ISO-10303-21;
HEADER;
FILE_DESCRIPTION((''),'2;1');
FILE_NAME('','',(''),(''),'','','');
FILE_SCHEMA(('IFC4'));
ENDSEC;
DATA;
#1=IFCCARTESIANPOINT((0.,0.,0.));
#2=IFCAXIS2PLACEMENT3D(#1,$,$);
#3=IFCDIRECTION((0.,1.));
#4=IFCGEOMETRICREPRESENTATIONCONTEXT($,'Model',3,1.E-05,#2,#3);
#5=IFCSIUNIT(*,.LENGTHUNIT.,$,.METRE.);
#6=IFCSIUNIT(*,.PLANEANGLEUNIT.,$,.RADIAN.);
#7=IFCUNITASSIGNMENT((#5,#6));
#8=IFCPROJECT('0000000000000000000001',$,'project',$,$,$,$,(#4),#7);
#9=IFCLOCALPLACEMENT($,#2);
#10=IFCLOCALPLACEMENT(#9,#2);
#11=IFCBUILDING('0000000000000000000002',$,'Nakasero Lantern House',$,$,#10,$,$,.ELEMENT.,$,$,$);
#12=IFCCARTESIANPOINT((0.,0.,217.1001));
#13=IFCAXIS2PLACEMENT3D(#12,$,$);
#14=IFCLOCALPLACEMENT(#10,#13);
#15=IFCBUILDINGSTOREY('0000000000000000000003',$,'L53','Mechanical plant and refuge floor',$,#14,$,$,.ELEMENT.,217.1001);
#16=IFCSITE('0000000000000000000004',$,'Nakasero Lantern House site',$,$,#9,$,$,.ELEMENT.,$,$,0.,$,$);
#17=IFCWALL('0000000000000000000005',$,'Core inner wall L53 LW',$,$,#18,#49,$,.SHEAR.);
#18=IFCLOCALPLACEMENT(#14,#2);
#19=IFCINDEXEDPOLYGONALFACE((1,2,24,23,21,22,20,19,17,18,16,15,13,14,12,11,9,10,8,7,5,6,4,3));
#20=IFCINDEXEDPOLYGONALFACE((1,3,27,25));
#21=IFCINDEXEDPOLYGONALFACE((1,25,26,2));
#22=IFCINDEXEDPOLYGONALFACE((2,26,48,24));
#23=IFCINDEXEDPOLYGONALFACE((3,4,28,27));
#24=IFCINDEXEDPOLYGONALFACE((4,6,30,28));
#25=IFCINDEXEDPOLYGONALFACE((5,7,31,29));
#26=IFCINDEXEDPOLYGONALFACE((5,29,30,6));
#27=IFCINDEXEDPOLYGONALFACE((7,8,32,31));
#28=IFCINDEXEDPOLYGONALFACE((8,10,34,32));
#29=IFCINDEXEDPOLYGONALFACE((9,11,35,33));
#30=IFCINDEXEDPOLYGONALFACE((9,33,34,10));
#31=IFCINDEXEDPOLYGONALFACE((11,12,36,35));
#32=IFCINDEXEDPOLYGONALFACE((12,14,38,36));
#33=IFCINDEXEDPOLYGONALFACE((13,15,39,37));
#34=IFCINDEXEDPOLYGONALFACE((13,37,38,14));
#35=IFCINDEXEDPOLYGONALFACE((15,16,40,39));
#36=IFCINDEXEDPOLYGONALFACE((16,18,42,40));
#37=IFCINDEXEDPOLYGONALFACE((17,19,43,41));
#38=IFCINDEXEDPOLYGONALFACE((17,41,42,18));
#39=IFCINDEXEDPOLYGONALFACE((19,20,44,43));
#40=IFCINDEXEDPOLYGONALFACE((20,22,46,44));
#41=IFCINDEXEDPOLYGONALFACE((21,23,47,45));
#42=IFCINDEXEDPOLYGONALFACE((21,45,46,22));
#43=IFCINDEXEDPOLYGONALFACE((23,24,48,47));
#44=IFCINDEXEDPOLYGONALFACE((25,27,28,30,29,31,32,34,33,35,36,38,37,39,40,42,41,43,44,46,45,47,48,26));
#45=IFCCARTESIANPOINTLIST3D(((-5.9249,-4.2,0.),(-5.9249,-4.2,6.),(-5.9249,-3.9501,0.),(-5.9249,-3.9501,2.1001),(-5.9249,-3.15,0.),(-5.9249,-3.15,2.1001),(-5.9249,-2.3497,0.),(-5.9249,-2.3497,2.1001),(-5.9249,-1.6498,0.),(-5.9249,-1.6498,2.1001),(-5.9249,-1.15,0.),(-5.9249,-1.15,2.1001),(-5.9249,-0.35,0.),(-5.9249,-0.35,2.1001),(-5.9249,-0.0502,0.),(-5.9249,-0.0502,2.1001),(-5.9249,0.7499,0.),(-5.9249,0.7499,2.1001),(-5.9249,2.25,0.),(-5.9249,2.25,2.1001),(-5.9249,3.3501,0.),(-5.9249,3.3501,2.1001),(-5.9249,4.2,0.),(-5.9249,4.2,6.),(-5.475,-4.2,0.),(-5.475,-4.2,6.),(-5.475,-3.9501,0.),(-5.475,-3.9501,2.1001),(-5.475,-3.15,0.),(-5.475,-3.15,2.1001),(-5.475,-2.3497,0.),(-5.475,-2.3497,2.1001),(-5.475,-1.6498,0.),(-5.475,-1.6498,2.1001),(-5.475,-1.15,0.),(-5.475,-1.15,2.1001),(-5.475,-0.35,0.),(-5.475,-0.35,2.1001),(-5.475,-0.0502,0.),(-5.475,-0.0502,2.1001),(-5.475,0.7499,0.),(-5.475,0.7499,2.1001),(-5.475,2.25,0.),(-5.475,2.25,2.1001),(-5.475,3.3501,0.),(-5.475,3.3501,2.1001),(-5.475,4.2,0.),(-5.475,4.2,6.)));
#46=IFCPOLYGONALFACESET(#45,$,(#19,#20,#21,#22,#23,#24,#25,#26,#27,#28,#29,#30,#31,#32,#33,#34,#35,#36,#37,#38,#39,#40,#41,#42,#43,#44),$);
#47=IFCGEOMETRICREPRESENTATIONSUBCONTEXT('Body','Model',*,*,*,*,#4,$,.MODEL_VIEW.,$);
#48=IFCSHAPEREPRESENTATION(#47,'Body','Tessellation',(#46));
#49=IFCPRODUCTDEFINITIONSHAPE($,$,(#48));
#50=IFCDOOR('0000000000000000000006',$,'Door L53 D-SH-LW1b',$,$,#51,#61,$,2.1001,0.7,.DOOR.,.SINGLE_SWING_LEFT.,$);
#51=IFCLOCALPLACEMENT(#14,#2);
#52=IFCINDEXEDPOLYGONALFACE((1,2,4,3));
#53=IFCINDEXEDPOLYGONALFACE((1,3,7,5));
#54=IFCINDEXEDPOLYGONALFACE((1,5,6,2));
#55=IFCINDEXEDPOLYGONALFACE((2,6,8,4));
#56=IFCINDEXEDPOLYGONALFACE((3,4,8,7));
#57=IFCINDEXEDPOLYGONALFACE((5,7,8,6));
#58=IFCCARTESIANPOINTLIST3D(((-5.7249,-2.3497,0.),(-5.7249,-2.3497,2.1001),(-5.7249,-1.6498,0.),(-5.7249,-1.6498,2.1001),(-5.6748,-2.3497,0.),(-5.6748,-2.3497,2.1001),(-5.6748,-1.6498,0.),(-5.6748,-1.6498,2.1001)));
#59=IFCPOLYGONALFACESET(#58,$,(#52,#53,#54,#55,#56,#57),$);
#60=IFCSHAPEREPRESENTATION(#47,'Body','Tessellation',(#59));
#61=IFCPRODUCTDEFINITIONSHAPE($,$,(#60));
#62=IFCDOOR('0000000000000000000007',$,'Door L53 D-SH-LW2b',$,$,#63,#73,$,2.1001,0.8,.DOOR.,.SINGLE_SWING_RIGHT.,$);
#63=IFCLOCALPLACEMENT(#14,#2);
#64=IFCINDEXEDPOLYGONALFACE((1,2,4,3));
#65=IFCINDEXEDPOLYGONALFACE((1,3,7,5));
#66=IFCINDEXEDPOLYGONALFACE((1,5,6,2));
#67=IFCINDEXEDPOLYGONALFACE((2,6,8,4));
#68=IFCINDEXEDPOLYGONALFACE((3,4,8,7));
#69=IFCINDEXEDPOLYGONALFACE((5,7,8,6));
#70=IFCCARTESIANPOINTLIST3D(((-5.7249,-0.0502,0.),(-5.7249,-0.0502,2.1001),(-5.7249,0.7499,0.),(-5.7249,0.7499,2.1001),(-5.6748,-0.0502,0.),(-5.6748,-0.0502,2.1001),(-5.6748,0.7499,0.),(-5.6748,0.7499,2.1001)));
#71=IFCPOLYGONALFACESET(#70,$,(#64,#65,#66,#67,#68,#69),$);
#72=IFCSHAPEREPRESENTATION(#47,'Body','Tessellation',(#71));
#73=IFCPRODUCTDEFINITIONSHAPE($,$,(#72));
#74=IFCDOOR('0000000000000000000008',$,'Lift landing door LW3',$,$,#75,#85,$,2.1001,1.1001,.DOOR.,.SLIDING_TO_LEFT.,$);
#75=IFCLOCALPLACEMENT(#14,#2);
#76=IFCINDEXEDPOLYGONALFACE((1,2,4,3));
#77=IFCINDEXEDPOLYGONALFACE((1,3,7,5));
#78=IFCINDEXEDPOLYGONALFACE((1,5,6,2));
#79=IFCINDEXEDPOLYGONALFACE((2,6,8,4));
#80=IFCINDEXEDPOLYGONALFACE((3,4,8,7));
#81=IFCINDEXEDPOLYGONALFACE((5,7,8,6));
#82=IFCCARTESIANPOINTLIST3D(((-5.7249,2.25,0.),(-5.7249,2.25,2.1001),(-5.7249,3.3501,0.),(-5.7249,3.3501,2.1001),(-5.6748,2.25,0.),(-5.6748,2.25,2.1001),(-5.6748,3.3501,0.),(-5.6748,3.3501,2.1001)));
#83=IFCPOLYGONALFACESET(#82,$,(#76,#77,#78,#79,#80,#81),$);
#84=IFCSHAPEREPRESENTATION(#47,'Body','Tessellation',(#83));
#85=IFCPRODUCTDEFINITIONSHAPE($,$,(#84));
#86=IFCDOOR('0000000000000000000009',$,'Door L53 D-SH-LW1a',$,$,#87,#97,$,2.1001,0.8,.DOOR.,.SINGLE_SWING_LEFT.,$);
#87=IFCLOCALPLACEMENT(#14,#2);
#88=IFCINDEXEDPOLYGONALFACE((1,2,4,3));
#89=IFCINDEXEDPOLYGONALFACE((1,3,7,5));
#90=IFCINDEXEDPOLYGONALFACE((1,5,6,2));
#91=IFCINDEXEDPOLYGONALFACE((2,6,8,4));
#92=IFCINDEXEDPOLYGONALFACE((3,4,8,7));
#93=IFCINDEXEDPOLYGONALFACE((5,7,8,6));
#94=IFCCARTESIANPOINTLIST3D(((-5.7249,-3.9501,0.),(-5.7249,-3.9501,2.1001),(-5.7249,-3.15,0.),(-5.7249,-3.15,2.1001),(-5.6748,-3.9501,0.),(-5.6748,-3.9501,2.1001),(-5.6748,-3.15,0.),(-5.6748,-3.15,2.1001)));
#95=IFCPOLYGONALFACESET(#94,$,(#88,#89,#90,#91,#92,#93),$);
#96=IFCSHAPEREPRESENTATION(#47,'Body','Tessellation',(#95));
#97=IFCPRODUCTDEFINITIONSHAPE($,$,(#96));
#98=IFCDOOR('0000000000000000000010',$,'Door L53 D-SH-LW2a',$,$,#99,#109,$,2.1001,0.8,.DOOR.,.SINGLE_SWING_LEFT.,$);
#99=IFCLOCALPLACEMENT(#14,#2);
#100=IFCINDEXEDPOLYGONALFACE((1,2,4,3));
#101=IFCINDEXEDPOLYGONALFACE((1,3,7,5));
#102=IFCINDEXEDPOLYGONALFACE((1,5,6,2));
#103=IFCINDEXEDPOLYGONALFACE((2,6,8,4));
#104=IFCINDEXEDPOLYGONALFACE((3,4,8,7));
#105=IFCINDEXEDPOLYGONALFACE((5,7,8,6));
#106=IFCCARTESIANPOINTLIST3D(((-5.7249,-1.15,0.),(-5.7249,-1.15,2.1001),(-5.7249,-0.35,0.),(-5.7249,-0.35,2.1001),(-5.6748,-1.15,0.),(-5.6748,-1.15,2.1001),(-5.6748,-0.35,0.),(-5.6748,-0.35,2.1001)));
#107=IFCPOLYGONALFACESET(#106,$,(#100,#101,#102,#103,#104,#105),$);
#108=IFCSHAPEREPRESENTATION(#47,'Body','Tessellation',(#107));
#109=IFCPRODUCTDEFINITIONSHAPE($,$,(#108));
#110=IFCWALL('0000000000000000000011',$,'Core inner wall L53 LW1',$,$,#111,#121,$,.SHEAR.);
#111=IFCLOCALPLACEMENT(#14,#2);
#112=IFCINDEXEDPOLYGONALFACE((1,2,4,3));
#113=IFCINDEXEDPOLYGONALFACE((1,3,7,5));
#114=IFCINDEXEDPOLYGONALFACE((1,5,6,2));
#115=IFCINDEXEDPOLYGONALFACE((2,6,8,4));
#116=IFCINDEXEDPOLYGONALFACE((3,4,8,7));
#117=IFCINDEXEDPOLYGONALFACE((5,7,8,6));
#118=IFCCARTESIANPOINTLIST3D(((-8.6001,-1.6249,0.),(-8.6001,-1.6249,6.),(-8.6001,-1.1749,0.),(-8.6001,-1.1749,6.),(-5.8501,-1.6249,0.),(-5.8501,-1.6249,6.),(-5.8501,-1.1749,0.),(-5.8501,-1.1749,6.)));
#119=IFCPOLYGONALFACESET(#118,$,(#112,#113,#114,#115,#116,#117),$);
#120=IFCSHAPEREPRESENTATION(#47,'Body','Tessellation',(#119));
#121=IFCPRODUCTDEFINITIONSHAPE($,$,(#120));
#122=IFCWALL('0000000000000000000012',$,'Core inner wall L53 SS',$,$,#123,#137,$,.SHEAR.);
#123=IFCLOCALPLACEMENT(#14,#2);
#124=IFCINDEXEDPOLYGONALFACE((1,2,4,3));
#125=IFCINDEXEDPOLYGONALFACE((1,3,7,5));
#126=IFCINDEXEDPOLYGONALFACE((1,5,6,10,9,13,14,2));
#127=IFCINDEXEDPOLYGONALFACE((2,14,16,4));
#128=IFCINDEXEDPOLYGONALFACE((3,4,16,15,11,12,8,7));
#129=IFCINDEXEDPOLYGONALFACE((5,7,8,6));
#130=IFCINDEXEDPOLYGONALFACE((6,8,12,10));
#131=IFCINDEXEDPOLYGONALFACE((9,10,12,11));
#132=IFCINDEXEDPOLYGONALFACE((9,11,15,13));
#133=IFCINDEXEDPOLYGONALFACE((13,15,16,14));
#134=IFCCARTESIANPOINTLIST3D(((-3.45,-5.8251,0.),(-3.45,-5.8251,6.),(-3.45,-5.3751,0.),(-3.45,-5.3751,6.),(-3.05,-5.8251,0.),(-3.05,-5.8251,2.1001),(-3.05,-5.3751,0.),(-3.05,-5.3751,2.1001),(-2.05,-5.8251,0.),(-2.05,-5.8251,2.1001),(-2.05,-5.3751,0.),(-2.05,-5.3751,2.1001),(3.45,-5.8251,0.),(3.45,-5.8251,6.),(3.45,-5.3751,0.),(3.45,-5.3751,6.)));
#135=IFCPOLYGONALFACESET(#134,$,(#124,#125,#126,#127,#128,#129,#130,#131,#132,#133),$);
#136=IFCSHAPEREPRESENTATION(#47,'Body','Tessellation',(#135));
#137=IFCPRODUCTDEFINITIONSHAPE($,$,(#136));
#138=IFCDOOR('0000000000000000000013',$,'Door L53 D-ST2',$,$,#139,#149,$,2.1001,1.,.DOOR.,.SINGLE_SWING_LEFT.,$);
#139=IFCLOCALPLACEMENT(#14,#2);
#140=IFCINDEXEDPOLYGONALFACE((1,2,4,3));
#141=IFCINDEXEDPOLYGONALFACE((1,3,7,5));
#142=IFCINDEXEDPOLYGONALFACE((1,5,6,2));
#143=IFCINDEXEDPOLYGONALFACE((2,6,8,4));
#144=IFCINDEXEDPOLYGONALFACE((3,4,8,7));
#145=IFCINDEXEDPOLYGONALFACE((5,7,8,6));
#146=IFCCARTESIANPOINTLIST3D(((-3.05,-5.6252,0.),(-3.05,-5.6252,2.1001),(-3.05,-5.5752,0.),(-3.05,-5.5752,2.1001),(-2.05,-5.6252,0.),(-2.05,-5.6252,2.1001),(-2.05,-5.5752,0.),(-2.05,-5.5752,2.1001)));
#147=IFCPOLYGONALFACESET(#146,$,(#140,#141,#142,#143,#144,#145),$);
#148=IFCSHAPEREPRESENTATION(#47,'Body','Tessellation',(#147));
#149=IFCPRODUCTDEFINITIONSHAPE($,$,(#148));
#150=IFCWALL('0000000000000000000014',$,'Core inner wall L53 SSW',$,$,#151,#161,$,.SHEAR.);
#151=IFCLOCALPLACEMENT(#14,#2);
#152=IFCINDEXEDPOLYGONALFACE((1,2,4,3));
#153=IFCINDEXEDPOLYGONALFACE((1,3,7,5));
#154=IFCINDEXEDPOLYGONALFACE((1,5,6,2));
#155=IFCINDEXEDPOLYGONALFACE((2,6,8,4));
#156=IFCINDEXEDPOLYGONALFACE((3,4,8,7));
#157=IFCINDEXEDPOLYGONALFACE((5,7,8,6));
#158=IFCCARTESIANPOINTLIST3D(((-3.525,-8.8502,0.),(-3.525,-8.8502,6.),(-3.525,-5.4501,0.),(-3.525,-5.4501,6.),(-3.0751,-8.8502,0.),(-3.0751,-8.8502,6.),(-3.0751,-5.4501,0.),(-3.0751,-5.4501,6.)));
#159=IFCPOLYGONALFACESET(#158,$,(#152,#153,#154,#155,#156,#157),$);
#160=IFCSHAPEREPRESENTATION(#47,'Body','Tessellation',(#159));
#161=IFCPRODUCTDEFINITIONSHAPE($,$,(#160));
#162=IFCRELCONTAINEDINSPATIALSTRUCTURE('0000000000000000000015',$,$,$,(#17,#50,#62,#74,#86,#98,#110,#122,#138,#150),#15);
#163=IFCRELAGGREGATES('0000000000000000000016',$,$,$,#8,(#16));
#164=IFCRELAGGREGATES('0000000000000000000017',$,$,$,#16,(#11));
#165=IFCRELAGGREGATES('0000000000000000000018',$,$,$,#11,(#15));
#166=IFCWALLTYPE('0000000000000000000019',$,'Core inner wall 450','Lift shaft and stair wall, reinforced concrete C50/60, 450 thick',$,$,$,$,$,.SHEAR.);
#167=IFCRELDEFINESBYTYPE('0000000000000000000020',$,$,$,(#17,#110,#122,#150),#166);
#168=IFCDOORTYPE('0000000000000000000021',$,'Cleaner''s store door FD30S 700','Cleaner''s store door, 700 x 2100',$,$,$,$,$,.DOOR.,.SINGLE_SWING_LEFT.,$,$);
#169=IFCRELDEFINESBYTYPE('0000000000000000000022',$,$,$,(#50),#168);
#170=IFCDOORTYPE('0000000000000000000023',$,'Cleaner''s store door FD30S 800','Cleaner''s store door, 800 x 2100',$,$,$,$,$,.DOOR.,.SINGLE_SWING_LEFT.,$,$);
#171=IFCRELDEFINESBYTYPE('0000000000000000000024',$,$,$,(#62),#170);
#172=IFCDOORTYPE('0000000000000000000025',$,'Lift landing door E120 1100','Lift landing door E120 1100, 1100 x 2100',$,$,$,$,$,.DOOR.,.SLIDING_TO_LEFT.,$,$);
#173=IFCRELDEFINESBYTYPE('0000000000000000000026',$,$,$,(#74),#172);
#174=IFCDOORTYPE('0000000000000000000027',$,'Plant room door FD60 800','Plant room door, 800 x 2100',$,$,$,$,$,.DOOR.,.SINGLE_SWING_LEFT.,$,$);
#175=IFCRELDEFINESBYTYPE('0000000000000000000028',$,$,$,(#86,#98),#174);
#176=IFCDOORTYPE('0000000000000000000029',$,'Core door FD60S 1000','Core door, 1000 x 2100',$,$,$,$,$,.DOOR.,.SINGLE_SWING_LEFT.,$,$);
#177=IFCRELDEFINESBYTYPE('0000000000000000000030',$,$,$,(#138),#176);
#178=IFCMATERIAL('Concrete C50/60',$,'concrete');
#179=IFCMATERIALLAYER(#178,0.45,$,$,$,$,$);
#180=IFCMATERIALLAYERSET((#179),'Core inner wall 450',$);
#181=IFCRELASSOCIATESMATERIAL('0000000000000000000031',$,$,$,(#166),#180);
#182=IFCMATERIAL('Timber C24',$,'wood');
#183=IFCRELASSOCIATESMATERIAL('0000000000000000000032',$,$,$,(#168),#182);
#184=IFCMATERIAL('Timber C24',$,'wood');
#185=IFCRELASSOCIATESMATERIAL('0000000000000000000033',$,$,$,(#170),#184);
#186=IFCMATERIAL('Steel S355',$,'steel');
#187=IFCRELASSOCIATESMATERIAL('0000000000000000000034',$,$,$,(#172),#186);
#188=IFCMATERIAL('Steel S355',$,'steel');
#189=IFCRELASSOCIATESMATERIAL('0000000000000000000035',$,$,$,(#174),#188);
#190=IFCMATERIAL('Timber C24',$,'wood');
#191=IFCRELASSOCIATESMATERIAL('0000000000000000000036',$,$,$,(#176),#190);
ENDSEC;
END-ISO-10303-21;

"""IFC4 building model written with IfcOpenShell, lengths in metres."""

from ifc_helpers import new_model, si_unit, direction, frame, frame_2d, origin, place, context, subcontext, project, spatial, rectangle, extrude, material, layer, layer_set, type_object, element, fill, save


model = new_model("IFC4")

# Units and contexts
model_context = context("Model", 3, precision=1e-05, world=origin(), true_north=direction((0.0, 1.0)))
body_context = subcontext(model_context, "Body", "Model", "MODEL_VIEW")
ifc_project = project(units=[si_unit("LENGTHUNIT", "METRE"), si_unit("PLANEANGLEUNIT", "RADIAN")], contexts=[model_context])

# Site, building, storey
site_placement = place(None, origin())
site = spatial("IfcSite", under=ifc_project, at=site_placement, Name="Nakasero Lantern House site", CompositionType="ELEMENT", RefElevation=0.0)
building_placement = place(site_placement, origin())
building = spatial("IfcBuilding", under=site, at=building_placement, Name="Nakasero Lantern House", CompositionType="ELEMENT")
storey_placement = place(building_placement, frame((0.0, 0.0, 217.1001)))
storey = spatial("IfcBuildingStorey", under=building, at=storey_placement, Name="L53", Description="Mechanical plant and refuge floor", CompositionType="ELEMENT", Elevation=217.1001)

# Wall, openings, doors
ifc_material_1 = material(Name="Concrete C50/60", Category="concrete")
ifc_layer_1 = layer(ifc_material_1, 0.45)
ifc_layer_set_1 = layer_set([ifc_layer_1], Name="Core inner wall 450")
wall_type_1 = type_object("IfcWallType", Name="Core inner wall 450", Description="Lift shaft and stair wall, reinforced concrete C50/60, 450 thick", PredefinedType="SHEAR", material=ifc_layer_set_1)
wall_1_placement = place(storey_placement, frame((-5.7, -4.2, 0.0), z_axis=(0.0, 0.0, 1.0), x_axis=(0.0, 1.0, 0.0)))
wall_1 = element("IfcWall", 1, at=wall_1_placement, inside=storey, type_object=wall_type_1, Name="Core inner wall L53 LW", PredefinedType="SHEAR", context=body_context, shape_type="SweptSolid", body=[
    extrude(rectangle(XDim=8.3999, YDim=0.45, at=frame_2d((4.2, 0.0))), origin(), (0.0, 0.0, 1.0), 6.0),
])
opening_1_placement = place(wall_1_placement, frame((0.25, 0.0, 0.0)))
opening_1 = element("IfcOpeningElement", 2, at=opening_1_placement, cuts=wall_1, PredefinedType="OPENING", context=body_context, shape_type="SweptSolid", body=[
    extrude(rectangle(XDim=0.8, YDim=2.1001, at=frame_2d((0.3999, 1.05))), frame((0.0, 0.2449, 0.0), z_axis=(0.0, -1.0, 0.0), x_axis=(1.0, 0.0, 0.0)), (0.0, 0.0, 1.0), 0.49),
])
opening_2_placement = place(wall_1_placement, frame((1.8501, 0.0, 0.0)))
opening_2 = element("IfcOpeningElement", 3, at=opening_2_placement, cuts=wall_1, PredefinedType="OPENING", context=body_context, shape_type="SweptSolid", body=[
    extrude(rectangle(XDim=0.7, YDim=2.1001, at=frame_2d((0.3501, 1.05))), frame((0.0, 0.2449, 0.0), z_axis=(0.0, -1.0, 0.0), x_axis=(1.0, 0.0, 0.0)), (0.0, 0.0, 1.0), 0.49),
])
opening_3_placement = place(wall_1_placement, frame((3.05, 0.0, 0.0)))
opening_3 = element("IfcOpeningElement", 4, at=opening_3_placement, cuts=wall_1, PredefinedType="OPENING", context=body_context, shape_type="SweptSolid", body=[
    extrude(rectangle(XDim=0.8, YDim=2.1001, at=frame_2d((0.3999, 1.05))), frame((0.0, 0.2449, 0.0), z_axis=(0.0, -1.0, 0.0), x_axis=(1.0, 0.0, 0.0)), (0.0, 0.0, 1.0), 0.49),
])
opening_4_placement = place(wall_1_placement, frame((4.1499, 0.0, 0.0)))
opening_4 = element("IfcOpeningElement", 5, at=opening_4_placement, cuts=wall_1, PredefinedType="OPENING", context=body_context, shape_type="SweptSolid", body=[
    extrude(rectangle(XDim=0.8, YDim=2.1001, at=frame_2d((0.3999, 1.05))), frame((0.0, 0.2449, 0.0), z_axis=(0.0, -1.0, 0.0), x_axis=(1.0, 0.0, 0.0)), (0.0, 0.0, 1.0), 0.49),
])
opening_5_placement = place(wall_1_placement, frame((6.45, 0.0, 0.0)))
opening_5 = element("IfcOpeningElement", 6, at=opening_5_placement, cuts=wall_1, PredefinedType="OPENING", context=body_context, shape_type="SweptSolid", body=[
    extrude(rectangle(XDim=1.1001, YDim=2.1001, at=frame_2d((0.55, 1.05))), frame((0.0, 0.2449, 0.0), z_axis=(0.0, -1.0, 0.0), x_axis=(1.0, 0.0, 0.0)), (0.0, 0.0, 1.0), 0.49),
])
ifc_material_2 = material(Name="Timber C24", Category="wood")
door_type_1 = type_object("IfcDoorType", Name="Cleaner's store door FD30S 700", Description="Cleaner's store door, 700 x 2100", OperationType="SINGLE_SWING_LEFT", PredefinedType="DOOR", material=ifc_material_2)
door_1_placement = place(opening_2_placement, origin())
door_1 = element("IfcDoor", 7, at=door_1_placement, inside=storey, type_object=door_type_1, Name="Door L53 D-SH-LW1b", OperationType="SINGLE_SWING_LEFT", OverallHeight=2.1001, OverallWidth=0.7, PredefinedType="DOOR", context=body_context, shape_type="SweptSolid", body=[
    extrude(rectangle(XDim=0.7, YDim=2.1001, at=frame_2d((0.3501, 1.05))), frame((0.0, 0.0249, 0.0), z_axis=(0.0, -1.0, 0.0), x_axis=(1.0, 0.0, 0.0)), (0.0, 0.0, 1.0), 0.05),
])
fill(opening_2, door_1)
ifc_material_3 = material(Name="Timber C24", Category="wood")
door_type_2 = type_object("IfcDoorType", Name="Cleaner's store door FD30S 800", Description="Cleaner's store door, 800 x 2100", OperationType="SINGLE_SWING_LEFT", PredefinedType="DOOR", material=ifc_material_3)
door_2_placement = place(opening_4_placement, origin())
door_2 = element("IfcDoor", 8, at=door_2_placement, inside=storey, type_object=door_type_2, Name="Door L53 D-SH-LW2b", OperationType="SINGLE_SWING_RIGHT", OverallHeight=2.1001, OverallWidth=0.8, PredefinedType="DOOR", context=body_context, shape_type="SweptSolid", body=[
    extrude(rectangle(XDim=0.8, YDim=2.1001, at=frame_2d((0.3999, 1.05))), frame((0.0, 0.0249, 0.0), z_axis=(0.0, -1.0, 0.0), x_axis=(1.0, 0.0, 0.0)), (0.0, 0.0, 1.0), 0.05),
])
fill(opening_4, door_2)
ifc_material_4 = material(Name="Steel S355", Category="steel")
door_type_3 = type_object("IfcDoorType", Name="Lift landing door E120 1100", Description="Lift landing door E120 1100, 1100 x 2100", OperationType="SLIDING_TO_LEFT", PredefinedType="DOOR", material=ifc_material_4)
door_3_placement = place(opening_5_placement, origin())
door_3 = element("IfcDoor", 9, at=door_3_placement, inside=storey, type_object=door_type_3, Name="Lift landing door LW3", OperationType="SLIDING_TO_LEFT", OverallHeight=2.1001, OverallWidth=1.1001, PredefinedType="DOOR", context=body_context, shape_type="SweptSolid", body=[
    extrude(rectangle(XDim=1.1001, YDim=2.1001, at=frame_2d((0.55, 1.05))), frame((0.0, 0.0249, 0.0), z_axis=(0.0, -1.0, 0.0), x_axis=(1.0, 0.0, 0.0)), (0.0, 0.0, 1.0), 0.05),
])
fill(opening_5, door_3)
ifc_material_5 = material(Name="Steel S355", Category="steel")
door_type_4 = type_object("IfcDoorType", Name="Plant room door FD60 800", Description="Plant room door, 800 x 2100", OperationType="SINGLE_SWING_LEFT", PredefinedType="DOOR", material=ifc_material_5)
door_4_placement = place(opening_1_placement, origin())
door_4 = element("IfcDoor", 10, at=door_4_placement, inside=storey, type_object=door_type_4, Name="Door L53 D-SH-LW1a", OperationType="SINGLE_SWING_LEFT", OverallHeight=2.1001, OverallWidth=0.8, PredefinedType="DOOR", context=body_context, shape_type="SweptSolid", body=[
    extrude(rectangle(XDim=0.8, YDim=2.1001, at=frame_2d((0.3999, 1.05))), frame((0.0, 0.0249, 0.0), z_axis=(0.0, -1.0, 0.0), x_axis=(1.0, 0.0, 0.0)), (0.0, 0.0, 1.0), 0.05),
])
fill(opening_1, door_4)
door_5_placement = place(opening_3_placement, origin())
door_5 = element("IfcDoor", 11, at=door_5_placement, inside=storey, type_object=door_type_4, Name="Door L53 D-SH-LW2a", OperationType="SINGLE_SWING_LEFT", OverallHeight=2.1001, OverallWidth=0.8, PredefinedType="DOOR", context=body_context, shape_type="SweptSolid", body=[
    extrude(rectangle(XDim=0.8, YDim=2.1001, at=frame_2d((0.3999, 1.05))), frame((0.0, 0.0249, 0.0), z_axis=(0.0, -1.0, 0.0), x_axis=(1.0, 0.0, 0.0)), (0.0, 0.0, 1.0), 0.05),
])
fill(opening_3, door_5)

# Wall
wall_2_placement = place(storey_placement, frame((-8.6001, -1.3999, 0.0), z_axis=(0.0, 0.0, 1.0), x_axis=(1.0, 0.0, 0.0)))
element("IfcWall", 12, at=wall_2_placement, inside=storey, type_object=wall_type_1, Name="Core inner wall L53 LW1", PredefinedType="SHEAR", context=body_context, shape_type="SweptSolid", body=[
    extrude(rectangle(XDim=2.75, YDim=0.45, at=frame_2d((1.375, 0.0))), origin(), (0.0, 0.0, 1.0), 6.0),
])

# Wall, opening, door
wall_3_placement = place(storey_placement, frame((-3.45, -5.6001, 0.0), z_axis=(0.0, 0.0, 1.0), x_axis=(1.0, 0.0, 0.0)))
wall_3 = element("IfcWall", 13, at=wall_3_placement, inside=storey, type_object=wall_type_1, Name="Core inner wall L53 SS", PredefinedType="SHEAR", context=body_context, shape_type="SweptSolid", body=[
    extrude(rectangle(XDim=6.8999, YDim=0.45, at=frame_2d((3.45, 0.0))), origin(), (0.0, 0.0, 1.0), 6.0),
])
opening_6_placement = place(wall_3_placement, frame((0.3999, 0.0, 0.0)))
opening_6 = element("IfcOpeningElement", 14, at=opening_6_placement, cuts=wall_3, PredefinedType="OPENING", context=body_context, shape_type="SweptSolid", body=[
    extrude(rectangle(XDim=1.0, YDim=2.1001, at=frame_2d((0.5, 1.05))), frame((0.0, 0.2449, 0.0), z_axis=(0.0, -1.0, 0.0), x_axis=(1.0, 0.0, 0.0)), (0.0, 0.0, 1.0), 0.49),
])
ifc_material_6 = material(Name="Timber C24", Category="wood")
door_type_5 = type_object("IfcDoorType", Name="Core door FD60S 1000", Description="Core door, 1000 x 2100", OperationType="SINGLE_SWING_LEFT", PredefinedType="DOOR", material=ifc_material_6)
door_6_placement = place(opening_6_placement, origin())
door_6 = element("IfcDoor", 15, at=door_6_placement, inside=storey, type_object=door_type_5, Name="Door L53 D-ST2", OperationType="SINGLE_SWING_LEFT", OverallHeight=2.1001, OverallWidth=1.0, PredefinedType="DOOR", context=body_context, shape_type="SweptSolid", body=[
    extrude(rectangle(XDim=1.0, YDim=2.1001, at=frame_2d((0.5, 1.05))), frame((0.0, 0.0249, 0.0), z_axis=(0.0, -1.0, 0.0), x_axis=(1.0, 0.0, 0.0)), (0.0, 0.0, 1.0), 0.05),
])
fill(opening_6, door_6)

# Wall
wall_4_placement = place(storey_placement, frame((-3.3, -5.45, 0.0), z_axis=(0.0, 0.0, 1.0), x_axis=(0.0, -1.0, 0.0)))
element("IfcWall", 16, at=wall_4_placement, inside=storey, type_object=wall_type_1, Name="Core inner wall L53 SSW", PredefinedType="SHEAR", context=body_context, shape_type="SweptSolid", body=[
    extrude(rectangle(XDim=3.4001, YDim=0.45, at=frame_2d((1.7002, 0.0))), origin(), (0.0, 0.0, 1.0), 6.0),
])

save(model, "model.ifc")
